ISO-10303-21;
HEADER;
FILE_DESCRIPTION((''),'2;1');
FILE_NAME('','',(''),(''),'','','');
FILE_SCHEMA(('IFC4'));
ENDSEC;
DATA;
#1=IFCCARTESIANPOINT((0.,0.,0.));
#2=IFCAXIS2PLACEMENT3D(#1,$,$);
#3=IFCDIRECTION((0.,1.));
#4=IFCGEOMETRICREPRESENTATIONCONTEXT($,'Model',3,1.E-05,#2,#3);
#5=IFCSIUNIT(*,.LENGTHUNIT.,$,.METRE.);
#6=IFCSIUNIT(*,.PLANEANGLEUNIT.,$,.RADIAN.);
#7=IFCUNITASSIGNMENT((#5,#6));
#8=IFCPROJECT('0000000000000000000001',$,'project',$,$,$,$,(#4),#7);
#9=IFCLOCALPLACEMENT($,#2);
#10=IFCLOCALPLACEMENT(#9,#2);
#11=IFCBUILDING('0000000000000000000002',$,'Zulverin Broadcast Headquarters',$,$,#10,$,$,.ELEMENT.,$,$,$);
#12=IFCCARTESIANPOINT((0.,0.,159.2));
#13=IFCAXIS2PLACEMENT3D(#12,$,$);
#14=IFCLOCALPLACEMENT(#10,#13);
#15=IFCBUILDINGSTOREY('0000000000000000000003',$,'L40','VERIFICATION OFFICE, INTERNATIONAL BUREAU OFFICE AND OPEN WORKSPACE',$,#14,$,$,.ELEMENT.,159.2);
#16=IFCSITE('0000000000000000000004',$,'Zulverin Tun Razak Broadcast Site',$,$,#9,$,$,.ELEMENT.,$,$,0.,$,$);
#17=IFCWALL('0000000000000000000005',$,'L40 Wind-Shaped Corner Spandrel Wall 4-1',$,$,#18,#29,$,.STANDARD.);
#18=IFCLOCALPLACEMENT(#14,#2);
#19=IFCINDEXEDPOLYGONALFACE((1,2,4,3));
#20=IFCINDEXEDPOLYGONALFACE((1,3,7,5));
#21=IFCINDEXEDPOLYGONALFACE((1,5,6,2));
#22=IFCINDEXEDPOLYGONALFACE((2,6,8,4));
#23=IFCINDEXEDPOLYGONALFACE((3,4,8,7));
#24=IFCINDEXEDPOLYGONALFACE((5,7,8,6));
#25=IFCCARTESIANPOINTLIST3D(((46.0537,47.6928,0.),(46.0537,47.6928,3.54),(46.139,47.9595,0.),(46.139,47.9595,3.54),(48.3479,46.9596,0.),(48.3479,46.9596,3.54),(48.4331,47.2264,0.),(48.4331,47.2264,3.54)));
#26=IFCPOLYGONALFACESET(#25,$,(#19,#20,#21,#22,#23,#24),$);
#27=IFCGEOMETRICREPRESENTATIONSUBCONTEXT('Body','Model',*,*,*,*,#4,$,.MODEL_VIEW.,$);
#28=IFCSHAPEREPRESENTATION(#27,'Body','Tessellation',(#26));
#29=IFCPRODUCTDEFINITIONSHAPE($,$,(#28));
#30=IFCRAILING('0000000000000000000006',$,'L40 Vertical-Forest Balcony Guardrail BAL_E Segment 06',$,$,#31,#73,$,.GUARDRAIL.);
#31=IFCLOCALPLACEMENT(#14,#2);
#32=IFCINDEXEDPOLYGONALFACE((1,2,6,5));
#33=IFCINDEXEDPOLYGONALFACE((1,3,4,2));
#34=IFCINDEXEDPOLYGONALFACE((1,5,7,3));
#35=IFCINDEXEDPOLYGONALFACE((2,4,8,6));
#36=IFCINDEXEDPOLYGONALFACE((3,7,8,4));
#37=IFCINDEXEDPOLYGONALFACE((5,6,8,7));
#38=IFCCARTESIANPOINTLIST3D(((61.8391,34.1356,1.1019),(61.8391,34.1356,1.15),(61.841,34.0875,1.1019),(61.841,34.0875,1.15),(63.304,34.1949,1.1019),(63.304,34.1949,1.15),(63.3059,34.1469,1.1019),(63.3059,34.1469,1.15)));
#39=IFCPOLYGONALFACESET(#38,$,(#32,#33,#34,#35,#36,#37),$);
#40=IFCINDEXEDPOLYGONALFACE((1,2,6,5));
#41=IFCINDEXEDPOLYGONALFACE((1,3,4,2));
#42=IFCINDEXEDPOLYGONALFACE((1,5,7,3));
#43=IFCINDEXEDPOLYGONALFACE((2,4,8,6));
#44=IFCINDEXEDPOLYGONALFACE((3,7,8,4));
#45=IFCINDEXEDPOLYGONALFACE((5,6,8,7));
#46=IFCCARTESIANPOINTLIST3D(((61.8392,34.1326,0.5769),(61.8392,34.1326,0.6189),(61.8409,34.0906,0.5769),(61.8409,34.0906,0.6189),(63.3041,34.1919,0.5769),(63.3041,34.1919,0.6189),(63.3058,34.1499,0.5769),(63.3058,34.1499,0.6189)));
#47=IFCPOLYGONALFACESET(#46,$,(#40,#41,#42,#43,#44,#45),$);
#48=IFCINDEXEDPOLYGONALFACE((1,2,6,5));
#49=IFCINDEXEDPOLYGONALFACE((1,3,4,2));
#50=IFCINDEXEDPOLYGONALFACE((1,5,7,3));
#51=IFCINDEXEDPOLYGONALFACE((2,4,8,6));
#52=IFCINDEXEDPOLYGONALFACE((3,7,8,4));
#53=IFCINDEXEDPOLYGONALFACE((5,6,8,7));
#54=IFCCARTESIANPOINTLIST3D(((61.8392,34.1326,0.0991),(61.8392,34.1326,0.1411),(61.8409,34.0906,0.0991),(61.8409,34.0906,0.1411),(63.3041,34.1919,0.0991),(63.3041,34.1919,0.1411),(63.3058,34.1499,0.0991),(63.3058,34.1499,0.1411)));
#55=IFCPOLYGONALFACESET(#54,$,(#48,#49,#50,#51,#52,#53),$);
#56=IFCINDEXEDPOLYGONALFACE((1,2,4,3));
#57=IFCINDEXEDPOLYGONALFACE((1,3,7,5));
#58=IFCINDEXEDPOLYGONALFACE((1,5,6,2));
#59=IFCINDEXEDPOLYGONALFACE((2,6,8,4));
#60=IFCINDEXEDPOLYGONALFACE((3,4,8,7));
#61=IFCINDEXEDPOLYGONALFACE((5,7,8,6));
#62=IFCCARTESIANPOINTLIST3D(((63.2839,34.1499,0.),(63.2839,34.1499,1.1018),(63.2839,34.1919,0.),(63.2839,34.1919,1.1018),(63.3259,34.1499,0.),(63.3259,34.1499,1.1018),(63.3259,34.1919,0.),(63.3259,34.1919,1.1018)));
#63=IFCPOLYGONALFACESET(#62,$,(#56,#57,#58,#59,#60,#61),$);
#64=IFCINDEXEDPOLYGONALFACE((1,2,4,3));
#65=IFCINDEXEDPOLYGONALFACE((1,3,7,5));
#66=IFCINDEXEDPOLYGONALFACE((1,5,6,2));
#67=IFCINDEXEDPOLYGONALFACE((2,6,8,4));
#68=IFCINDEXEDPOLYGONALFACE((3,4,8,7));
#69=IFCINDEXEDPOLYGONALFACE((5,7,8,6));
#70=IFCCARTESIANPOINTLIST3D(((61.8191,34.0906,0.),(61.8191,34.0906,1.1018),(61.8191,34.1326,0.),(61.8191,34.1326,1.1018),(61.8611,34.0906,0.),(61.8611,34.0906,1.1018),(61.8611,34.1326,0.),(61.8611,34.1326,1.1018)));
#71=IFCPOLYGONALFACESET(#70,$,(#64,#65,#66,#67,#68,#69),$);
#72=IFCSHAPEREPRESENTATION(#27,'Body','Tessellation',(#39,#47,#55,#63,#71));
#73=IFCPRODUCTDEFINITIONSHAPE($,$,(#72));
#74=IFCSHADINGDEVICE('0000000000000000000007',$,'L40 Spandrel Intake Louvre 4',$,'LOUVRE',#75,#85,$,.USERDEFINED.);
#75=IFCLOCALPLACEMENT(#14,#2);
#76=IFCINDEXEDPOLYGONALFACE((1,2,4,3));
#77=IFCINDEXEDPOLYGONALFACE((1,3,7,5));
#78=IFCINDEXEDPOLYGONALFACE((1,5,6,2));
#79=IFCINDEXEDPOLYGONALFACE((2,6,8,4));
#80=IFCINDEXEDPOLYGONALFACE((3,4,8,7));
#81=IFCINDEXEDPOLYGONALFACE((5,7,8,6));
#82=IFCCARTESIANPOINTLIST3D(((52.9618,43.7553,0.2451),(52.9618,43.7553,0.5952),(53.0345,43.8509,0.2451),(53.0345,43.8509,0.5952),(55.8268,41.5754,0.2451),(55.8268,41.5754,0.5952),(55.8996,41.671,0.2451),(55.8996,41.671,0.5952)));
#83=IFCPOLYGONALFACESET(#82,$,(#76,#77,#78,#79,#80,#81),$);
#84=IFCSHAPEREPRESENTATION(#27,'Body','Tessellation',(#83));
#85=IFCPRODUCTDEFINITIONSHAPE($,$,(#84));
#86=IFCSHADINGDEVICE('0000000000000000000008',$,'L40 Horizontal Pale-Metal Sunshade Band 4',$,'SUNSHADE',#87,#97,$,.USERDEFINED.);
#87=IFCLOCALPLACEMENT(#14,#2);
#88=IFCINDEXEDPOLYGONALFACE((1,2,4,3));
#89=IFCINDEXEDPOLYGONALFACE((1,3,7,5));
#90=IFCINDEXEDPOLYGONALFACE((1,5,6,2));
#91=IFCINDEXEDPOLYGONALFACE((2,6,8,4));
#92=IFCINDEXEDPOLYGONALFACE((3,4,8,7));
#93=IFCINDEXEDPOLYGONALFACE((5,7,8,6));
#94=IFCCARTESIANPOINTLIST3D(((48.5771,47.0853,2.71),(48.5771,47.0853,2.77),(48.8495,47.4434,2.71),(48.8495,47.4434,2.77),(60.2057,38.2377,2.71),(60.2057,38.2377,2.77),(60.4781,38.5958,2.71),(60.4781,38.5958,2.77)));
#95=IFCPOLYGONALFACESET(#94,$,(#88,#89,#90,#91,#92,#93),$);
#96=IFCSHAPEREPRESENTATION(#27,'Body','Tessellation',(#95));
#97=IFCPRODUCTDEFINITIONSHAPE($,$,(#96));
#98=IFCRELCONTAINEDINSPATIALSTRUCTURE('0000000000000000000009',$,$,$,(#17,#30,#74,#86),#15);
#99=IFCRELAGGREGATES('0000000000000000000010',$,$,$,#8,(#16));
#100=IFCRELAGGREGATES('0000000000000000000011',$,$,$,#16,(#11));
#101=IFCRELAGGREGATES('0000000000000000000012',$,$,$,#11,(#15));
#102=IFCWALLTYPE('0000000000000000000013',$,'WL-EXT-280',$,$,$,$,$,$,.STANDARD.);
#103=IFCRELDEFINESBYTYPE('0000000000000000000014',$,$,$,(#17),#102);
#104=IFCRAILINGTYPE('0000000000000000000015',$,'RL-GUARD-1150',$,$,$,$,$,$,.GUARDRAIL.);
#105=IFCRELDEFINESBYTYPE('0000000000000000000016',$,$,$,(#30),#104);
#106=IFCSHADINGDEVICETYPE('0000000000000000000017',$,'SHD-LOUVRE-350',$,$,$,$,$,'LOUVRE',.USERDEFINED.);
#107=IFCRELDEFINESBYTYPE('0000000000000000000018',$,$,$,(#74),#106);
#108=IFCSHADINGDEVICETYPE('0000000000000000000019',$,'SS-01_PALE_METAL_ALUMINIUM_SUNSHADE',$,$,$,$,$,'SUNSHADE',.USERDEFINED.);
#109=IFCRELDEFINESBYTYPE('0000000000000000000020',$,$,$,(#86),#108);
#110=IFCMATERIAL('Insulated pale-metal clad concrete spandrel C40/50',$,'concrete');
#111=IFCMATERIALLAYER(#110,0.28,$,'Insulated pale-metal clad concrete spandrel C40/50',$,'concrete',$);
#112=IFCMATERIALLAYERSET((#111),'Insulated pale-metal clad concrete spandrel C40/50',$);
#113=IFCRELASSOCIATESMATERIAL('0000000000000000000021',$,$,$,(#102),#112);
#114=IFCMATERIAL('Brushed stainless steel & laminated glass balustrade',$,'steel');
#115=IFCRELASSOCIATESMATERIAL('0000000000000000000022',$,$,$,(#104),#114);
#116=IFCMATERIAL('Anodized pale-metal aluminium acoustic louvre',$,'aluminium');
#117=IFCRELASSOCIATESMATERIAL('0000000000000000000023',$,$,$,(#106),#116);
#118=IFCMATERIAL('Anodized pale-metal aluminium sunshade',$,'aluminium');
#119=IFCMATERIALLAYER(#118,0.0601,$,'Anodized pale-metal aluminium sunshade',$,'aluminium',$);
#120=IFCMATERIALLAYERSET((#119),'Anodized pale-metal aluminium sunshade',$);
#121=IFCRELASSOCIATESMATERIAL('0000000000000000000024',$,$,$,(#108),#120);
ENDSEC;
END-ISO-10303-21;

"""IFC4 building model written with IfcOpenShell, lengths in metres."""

from ifc_helpers import new_model, si_unit, direction, frame, frame_2d, origin, origin_2d, place, context, subcontext, project, spatial, rectangle, extrude, material, layer, layer_set, type_object, element, save


model = new_model("IFC4")

# Units and contexts
model_context = context("Model", 3, precision=1e-05, world=origin(), true_north=direction((0.0, 1.0)))
body_context = subcontext(model_context, "Body", "Model", "MODEL_VIEW")
ifc_project = project(units=[si_unit("LENGTHUNIT", "METRE"), si_unit("PLANEANGLEUNIT", "RADIAN")], contexts=[model_context])

# Site, building, storey
site_placement = place(None, origin())
site = spatial("IfcSite", under=ifc_project, at=site_placement, Name="Zulverin Tun Razak Broadcast Site", CompositionType="ELEMENT", RefElevation=0.0)
building_placement = place(site_placement, origin())
building = spatial("IfcBuilding", under=site, at=building_placement, Name="Zulverin Broadcast Headquarters", CompositionType="ELEMENT")
storey_placement = place(building_placement, frame((0.0, 0.0, 159.2)))
storey = spatial("IfcBuildingStorey", under=building, at=storey_placement, Name="L40", Description="VERIFICATION OFFICE, INTERNATIONAL BUREAU OFFICE AND OPEN WORKSPACE", CompositionType="ELEMENT", Elevation=159.2)

# Shared definitions
ifc_material_1 = material(Name="Insulated pale-metal clad concrete spandrel C40/50", Category="concrete")
ifc_layer_1 = layer(ifc_material_1, 0.28, Name="Insulated pale-metal clad concrete spandrel C40/50", Category="concrete")
ifc_layer_set_1 = layer_set([ifc_layer_1], Name="Insulated pale-metal clad concrete spandrel C40/50")
wall_type = type_object("IfcWallType", Name="WL-EXT-280", PredefinedType="STANDARD", material=ifc_layer_set_1)

# Wall
wall_1_placement = place(storey_placement, frame((48.3904, 47.093, 0.0), z_axis=(0.0, 0.0, 1.0), x_axis=(-0.952543, 0.304404, 0.0)))
element("IfcWall", 1, at=wall_1_placement, inside=storey, type_object=wall_type, Name="L40 Wind-Shaped Corner Spandrel Wall 4-1", PredefinedType="STANDARD", context=body_context, shape_type="SweptSolid", body=[
    extrude(rectangle(XDim=2.4084, YDim=0.28, at=frame_2d((1.2041, 0.0))), origin(), (0.0, 0.0, 1.0), 3.54),
])

# Railing
ifc_material_2 = material(Name="Brushed stainless steel & laminated glass balustrade", Category="steel")
railing_type = type_object("IfcRailingType", Name="RL-GUARD-1150", PredefinedType="GUARDRAIL", material=ifc_material_2)
railing_placement = place(storey_placement, frame((63.3049, 34.1709, 0.0)))
element("IfcRailing", 2, at=railing_placement, inside=storey, type_object=railing_type, Name="L40 Vertical-Forest Balcony Guardrail BAL_E Segment 06", PredefinedType="GUARDRAIL", context=body_context, shape_type="SweptSolid", body=[
    extrude(rectangle(XDim=0.0481, YDim=0.0481, at=origin_2d()), frame((0.0, 0.0, 1.126), z_axis=(-0.999181, -0.040467, 0.0), x_axis=(0.040467, -0.999181, 0.0)), (0.0, 0.0, 1.0), 1.4661),
    extrude(rectangle(XDim=0.042, YDim=0.042, at=origin_2d()), frame((0.0, 0.0, 0.5979), z_axis=(-0.999181, -0.040467, 0.0), x_axis=(0.040467, -0.999181, 0.0)), (0.0, 0.0, 1.0), 1.4661),
    extrude(rectangle(XDim=0.042, YDim=0.042, at=origin_2d()), frame((0.0, 0.0, 0.1201), z_axis=(-0.999181, -0.040467, 0.0), x_axis=(0.040467, -0.999181, 0.0)), (0.0, 0.0, 1.0), 1.4661),
    extrude(rectangle(XDim=0.042, YDim=0.042, at=origin_2d()), origin(), (0.0, 0.0, 1.0), 1.1018),
    extrude(rectangle(XDim=0.042, YDim=0.042, at=origin_2d()), frame((-1.4648, -0.0593, 0.0)), (0.0, 0.0, 1.0), 1.1018),
])

# Shading devices
ifc_material_3 = material(Name="Anodized pale-metal aluminium acoustic louvre", Category="aluminium")
shading_device_type_1 = type_object("IfcShadingDeviceType", Name="SHD-LOUVRE-350", ElementType="LOUVRE", PredefinedType="USERDEFINED", material=ifc_material_3)
shading_device_1_placement = place(storey_placement, frame((54.4307, 42.7131, 0.2451), z_axis=(0.0, 0.0, 1.0), x_axis=(-0.795836, 0.605512, 0.0)))
element("IfcShadingDevice", 3, at=shading_device_1_placement, inside=storey, type_object=shading_device_type_1, Name="L40 Spandrel Intake Louvre 4", ObjectType="LOUVRE", PredefinedType="USERDEFINED", context=body_context, shape_type="SweptSolid", body=[
    extrude(rectangle(XDim=3.6001, YDim=0.1201, at=origin_2d()), origin(), (0.0, 0.0, 1.0), 0.3501),
])
ifc_material_4 = material(Name="Anodized pale-metal aluminium sunshade", Category="aluminium")
ifc_layer_2 = layer(ifc_material_4, 0.0601, Name="Anodized pale-metal aluminium sunshade", Category="aluminium")
ifc_layer_set_2 = layer_set([ifc_layer_2], Name="Anodized pale-metal aluminium sunshade")
shading_device_type_2 = type_object("IfcShadingDeviceType", Name="SS-01_PALE_METAL_ALUMINIUM_SUNSHADE", ElementType="SUNSHADE", PredefinedType="USERDEFINED", material=ifc_layer_set_2)
shading_device_2_placement = place(storey_placement, frame((54.5276, 42.8406, 2.71), z_axis=(0.0, 0.0, 1.0), x_axis=(-0.795836, 0.605512, 0.0)))
element("IfcShadingDevice", 4, at=shading_device_2_placement, inside=storey, type_object=shading_device_type_2, Name="L40 Horizontal Pale-Metal Sunshade Band 4", ObjectType="SUNSHADE", PredefinedType="USERDEFINED", context=body_context, shape_type="SweptSolid", body=[
    extrude(rectangle(XDim=14.6118, YDim=0.45, at=origin_2d()), origin(), (0.0, 0.0, 1.0), 0.0601),
])

save(model, "model.ifc")
